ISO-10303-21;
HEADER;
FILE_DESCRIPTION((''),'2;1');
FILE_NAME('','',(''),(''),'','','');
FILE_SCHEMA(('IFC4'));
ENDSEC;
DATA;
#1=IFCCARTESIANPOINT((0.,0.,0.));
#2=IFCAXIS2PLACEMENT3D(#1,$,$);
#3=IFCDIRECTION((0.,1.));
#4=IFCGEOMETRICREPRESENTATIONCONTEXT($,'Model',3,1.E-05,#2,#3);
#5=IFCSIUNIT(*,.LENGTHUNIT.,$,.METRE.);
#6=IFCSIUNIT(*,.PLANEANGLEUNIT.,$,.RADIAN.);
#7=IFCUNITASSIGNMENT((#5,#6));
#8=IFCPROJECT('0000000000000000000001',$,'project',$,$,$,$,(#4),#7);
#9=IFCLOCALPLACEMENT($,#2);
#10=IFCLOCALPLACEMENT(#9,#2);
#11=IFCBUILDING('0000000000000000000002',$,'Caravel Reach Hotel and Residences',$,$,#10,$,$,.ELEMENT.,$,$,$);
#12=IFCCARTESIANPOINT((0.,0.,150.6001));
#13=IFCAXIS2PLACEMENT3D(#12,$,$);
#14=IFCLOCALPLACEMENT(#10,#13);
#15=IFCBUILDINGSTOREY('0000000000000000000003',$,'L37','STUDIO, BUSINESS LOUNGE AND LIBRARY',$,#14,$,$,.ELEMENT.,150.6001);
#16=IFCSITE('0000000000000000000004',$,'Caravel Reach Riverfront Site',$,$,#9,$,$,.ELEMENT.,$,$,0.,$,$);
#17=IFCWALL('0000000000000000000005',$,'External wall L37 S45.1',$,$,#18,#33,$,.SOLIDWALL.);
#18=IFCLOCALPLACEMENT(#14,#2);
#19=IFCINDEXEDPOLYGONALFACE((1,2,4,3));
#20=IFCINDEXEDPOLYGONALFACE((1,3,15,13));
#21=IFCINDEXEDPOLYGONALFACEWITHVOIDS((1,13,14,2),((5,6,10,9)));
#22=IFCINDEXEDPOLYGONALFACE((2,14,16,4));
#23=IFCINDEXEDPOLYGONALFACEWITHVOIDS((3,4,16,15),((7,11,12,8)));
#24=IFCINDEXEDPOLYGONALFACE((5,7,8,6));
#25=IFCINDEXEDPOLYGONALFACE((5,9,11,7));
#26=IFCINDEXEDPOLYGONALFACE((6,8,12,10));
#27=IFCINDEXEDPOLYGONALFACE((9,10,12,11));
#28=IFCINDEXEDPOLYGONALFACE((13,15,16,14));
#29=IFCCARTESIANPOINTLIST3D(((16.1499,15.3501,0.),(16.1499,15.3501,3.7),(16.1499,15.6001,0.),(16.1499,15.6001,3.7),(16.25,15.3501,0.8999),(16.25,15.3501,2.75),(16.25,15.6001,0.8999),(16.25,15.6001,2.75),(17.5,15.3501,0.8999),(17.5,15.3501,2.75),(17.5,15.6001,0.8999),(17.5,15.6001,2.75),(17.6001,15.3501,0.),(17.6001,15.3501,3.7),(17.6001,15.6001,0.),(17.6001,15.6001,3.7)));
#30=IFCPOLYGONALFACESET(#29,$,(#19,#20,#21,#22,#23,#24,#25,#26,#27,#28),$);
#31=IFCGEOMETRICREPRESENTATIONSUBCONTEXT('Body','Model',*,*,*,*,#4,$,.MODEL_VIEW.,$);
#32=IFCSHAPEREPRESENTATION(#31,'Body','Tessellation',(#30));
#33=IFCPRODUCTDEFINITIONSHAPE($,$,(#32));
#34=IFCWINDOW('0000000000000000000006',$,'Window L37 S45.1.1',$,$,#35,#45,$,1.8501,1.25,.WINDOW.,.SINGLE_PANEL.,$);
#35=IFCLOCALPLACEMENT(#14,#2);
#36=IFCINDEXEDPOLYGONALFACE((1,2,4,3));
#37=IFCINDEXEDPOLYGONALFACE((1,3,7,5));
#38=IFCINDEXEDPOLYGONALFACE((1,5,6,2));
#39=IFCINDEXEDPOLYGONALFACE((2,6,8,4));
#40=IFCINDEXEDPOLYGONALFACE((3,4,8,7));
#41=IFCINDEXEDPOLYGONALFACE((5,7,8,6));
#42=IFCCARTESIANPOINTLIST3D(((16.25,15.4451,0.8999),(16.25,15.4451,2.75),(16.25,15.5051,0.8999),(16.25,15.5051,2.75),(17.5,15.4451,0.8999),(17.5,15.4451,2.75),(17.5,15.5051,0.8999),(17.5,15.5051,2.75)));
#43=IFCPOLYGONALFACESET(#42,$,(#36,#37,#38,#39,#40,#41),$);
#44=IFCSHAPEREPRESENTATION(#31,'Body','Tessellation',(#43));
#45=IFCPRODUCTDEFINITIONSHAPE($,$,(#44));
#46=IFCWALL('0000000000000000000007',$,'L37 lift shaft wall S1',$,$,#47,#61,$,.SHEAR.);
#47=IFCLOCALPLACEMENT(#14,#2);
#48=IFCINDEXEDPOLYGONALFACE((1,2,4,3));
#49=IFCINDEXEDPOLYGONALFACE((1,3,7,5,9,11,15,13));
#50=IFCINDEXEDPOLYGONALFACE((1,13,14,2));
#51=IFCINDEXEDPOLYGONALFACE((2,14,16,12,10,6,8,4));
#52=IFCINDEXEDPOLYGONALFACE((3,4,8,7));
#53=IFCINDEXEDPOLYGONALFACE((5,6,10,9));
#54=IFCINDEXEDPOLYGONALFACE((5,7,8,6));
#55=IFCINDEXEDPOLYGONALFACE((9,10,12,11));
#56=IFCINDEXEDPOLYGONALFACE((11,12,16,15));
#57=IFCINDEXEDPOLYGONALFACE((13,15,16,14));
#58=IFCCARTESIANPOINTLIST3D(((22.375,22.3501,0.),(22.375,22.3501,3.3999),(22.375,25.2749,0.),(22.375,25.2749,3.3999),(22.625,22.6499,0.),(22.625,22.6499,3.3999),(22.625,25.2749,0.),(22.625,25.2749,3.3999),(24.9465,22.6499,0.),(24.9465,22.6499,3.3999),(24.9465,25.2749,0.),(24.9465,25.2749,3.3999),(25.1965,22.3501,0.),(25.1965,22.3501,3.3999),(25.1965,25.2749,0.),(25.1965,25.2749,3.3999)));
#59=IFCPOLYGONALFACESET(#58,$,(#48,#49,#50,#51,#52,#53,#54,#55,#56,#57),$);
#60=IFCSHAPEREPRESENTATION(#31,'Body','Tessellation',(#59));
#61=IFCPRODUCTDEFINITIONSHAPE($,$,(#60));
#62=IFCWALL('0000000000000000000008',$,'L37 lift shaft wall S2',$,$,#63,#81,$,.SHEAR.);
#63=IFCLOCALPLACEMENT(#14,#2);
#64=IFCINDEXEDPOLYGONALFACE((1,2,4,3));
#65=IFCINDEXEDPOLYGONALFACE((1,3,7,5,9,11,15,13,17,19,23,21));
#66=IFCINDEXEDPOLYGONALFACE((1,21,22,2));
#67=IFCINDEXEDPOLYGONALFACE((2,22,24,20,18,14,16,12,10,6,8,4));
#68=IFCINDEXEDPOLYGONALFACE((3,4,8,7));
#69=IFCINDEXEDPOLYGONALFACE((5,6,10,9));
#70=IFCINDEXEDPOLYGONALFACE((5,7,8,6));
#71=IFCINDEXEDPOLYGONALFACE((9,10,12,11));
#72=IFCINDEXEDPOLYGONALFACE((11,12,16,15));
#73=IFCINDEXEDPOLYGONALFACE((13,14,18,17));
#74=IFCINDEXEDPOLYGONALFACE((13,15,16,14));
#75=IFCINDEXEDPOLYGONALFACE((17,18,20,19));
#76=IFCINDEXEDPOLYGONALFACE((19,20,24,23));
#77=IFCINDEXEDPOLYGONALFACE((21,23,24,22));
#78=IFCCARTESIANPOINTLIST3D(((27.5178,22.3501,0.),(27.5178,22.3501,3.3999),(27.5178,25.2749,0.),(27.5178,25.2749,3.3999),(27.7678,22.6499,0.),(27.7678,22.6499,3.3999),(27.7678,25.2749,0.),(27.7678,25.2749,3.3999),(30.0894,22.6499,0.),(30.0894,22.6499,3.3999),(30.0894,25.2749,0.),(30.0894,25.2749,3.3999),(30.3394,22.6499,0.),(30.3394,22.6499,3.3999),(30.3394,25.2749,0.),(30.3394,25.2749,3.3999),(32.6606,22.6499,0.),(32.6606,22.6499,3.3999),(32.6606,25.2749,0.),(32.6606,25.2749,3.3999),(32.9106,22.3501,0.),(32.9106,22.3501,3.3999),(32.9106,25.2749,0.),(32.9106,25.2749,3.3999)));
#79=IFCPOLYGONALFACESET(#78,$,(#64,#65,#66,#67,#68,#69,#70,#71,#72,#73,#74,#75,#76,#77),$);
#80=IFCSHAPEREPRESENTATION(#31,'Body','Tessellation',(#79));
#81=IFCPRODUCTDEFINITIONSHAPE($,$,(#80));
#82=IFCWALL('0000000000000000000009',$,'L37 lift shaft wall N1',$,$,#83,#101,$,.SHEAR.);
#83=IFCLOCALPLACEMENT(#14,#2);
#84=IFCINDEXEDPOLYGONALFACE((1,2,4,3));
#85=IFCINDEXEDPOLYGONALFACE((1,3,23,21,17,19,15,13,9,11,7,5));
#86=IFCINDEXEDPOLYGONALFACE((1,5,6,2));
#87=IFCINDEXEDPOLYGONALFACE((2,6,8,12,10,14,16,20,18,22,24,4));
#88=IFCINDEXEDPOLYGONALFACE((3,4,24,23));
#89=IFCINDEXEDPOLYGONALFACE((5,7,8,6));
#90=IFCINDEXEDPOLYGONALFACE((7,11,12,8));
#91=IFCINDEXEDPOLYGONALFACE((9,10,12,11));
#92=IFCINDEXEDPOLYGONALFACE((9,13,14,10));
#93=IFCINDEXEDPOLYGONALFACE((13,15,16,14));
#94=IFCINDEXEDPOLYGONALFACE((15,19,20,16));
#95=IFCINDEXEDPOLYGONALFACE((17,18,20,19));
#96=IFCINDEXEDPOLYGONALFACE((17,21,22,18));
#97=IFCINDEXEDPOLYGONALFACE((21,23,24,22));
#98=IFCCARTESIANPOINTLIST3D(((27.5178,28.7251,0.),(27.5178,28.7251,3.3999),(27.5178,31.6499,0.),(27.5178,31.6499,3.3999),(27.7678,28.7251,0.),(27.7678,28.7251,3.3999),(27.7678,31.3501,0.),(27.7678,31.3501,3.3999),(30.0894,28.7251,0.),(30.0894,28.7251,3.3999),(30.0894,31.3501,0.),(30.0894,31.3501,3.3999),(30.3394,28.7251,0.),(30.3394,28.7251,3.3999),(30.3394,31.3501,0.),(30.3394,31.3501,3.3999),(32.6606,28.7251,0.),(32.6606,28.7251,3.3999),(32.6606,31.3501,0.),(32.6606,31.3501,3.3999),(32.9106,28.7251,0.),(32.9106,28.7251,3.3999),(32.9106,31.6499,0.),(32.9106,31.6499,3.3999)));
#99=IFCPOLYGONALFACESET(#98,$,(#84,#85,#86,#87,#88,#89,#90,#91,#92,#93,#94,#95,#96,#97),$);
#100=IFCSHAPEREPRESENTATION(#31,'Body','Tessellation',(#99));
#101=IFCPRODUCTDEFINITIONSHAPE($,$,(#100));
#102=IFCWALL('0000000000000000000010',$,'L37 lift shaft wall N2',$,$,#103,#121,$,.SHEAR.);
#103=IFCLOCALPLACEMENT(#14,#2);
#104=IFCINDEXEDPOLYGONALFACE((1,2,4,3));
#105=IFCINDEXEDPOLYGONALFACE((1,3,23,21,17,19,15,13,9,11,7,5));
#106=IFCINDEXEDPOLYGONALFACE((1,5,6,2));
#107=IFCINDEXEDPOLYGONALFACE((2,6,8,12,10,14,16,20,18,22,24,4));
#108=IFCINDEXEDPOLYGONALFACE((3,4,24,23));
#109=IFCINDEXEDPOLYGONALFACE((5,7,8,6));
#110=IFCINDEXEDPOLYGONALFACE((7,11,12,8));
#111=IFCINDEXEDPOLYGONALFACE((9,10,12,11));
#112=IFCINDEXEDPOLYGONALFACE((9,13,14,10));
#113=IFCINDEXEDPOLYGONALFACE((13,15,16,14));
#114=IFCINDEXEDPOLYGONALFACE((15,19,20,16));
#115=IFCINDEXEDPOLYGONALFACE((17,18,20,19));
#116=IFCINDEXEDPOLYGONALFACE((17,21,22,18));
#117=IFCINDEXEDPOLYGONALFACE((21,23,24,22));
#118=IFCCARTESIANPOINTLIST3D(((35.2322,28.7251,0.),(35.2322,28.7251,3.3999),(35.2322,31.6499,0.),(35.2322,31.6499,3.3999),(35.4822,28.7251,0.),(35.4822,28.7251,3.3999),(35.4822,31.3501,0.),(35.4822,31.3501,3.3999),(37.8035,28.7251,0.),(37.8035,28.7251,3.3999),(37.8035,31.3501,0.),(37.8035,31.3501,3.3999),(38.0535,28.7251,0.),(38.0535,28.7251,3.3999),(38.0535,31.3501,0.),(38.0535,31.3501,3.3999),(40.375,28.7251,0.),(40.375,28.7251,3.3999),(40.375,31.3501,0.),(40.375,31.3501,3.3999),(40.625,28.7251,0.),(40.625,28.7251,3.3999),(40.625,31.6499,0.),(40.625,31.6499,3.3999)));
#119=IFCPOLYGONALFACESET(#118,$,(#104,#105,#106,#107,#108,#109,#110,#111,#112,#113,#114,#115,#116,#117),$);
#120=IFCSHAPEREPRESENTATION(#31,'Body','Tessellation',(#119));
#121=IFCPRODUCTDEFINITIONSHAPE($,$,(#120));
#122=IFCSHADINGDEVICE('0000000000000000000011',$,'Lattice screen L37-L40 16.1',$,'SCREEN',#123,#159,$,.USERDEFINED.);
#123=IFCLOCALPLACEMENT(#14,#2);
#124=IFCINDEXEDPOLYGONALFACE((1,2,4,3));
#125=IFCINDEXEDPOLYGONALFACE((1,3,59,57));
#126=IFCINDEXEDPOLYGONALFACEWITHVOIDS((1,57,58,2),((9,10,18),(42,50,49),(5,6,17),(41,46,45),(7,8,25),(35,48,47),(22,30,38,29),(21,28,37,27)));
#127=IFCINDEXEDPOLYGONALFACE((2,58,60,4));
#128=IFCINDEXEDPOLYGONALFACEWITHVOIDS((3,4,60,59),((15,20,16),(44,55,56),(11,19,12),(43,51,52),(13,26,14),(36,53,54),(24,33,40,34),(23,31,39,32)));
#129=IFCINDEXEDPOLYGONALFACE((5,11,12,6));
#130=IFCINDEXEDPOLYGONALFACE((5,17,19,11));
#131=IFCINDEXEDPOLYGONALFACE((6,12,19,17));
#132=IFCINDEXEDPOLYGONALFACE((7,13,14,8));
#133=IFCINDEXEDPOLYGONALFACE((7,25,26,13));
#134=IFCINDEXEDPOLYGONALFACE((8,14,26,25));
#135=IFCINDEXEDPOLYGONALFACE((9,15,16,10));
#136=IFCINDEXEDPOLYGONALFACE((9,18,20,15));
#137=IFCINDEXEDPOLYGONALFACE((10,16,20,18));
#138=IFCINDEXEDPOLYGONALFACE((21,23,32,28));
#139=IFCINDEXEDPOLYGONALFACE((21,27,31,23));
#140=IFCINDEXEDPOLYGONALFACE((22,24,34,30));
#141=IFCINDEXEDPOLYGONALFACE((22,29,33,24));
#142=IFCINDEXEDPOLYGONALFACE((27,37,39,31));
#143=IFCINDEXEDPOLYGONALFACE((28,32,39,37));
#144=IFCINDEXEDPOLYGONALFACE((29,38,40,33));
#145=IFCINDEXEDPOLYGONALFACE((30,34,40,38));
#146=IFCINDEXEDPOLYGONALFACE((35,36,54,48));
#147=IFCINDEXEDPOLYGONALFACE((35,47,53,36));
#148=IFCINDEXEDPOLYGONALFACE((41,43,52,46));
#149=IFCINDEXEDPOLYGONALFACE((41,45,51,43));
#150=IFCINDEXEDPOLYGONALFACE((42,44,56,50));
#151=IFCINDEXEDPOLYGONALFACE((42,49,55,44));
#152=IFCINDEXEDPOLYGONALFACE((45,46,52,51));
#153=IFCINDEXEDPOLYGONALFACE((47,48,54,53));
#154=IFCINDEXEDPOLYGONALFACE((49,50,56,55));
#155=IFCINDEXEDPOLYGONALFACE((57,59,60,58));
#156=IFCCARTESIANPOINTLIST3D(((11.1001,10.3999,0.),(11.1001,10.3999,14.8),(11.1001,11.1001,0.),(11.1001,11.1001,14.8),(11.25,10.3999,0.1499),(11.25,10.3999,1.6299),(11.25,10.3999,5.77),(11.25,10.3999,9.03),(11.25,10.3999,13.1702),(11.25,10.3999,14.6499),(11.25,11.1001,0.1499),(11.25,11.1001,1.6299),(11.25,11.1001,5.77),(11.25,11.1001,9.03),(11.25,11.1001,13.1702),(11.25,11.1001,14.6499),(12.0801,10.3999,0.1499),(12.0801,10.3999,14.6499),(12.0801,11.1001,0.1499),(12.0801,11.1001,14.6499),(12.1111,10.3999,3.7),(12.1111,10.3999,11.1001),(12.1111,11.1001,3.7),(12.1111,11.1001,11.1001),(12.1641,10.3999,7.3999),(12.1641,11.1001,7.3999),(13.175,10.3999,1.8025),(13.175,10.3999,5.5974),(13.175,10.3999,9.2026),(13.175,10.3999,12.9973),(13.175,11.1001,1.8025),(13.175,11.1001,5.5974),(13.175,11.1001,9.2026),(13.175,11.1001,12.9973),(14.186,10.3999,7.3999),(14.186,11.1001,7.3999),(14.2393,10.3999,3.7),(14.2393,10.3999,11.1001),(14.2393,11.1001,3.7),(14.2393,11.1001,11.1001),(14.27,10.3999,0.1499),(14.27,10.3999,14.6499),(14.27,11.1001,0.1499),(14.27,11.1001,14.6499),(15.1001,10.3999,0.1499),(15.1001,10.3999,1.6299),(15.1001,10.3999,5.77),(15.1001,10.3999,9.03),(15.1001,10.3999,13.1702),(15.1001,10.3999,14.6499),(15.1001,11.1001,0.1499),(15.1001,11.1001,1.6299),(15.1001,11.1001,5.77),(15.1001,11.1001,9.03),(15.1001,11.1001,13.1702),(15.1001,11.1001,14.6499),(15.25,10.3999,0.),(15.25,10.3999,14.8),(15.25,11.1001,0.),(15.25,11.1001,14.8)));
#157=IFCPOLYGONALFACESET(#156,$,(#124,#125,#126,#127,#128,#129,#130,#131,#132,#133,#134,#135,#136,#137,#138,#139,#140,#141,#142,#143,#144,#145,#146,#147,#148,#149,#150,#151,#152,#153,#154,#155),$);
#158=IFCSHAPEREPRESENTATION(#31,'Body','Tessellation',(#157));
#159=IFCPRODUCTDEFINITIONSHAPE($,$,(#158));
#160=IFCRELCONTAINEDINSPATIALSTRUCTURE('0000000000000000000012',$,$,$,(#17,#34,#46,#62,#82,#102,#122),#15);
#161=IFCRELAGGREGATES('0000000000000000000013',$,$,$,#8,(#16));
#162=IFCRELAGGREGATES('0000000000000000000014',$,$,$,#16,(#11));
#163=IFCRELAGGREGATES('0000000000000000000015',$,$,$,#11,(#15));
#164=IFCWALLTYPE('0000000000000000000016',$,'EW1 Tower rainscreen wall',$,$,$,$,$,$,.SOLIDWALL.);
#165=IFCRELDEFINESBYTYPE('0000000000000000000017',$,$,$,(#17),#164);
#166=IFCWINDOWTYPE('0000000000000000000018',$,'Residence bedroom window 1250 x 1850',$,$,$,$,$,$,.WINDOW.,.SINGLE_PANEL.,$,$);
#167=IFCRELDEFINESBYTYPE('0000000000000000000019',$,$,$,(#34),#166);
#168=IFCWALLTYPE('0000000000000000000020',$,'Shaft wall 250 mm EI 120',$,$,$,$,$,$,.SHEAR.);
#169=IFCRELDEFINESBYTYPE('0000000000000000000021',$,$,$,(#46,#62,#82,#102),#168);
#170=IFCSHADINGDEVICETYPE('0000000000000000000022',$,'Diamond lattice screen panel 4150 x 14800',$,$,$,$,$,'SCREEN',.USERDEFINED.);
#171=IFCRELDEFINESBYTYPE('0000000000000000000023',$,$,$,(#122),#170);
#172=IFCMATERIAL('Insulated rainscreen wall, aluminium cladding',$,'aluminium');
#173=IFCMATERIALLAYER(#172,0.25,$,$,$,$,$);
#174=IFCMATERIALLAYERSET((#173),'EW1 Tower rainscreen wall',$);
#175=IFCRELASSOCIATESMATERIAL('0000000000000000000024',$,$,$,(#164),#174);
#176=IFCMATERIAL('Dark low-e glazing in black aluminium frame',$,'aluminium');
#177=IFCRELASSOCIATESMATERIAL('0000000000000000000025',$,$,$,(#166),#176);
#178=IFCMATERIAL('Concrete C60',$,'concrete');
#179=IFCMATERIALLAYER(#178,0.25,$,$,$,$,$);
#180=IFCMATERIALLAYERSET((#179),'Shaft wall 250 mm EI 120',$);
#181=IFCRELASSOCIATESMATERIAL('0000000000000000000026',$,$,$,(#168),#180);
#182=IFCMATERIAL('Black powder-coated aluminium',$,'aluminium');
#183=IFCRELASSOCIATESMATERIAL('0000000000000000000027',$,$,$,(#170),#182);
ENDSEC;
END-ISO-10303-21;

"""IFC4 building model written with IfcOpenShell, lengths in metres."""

from ifc_helpers import new_model, si_unit, direction, frame, frame_2d, origin, place, context, subcontext, project, spatial, polyline, rectangle, outline, extrude, material, layer, layer_set, type_object, element, fill, save


model = new_model("IFC4")

# Units and contexts
model_context = context("Model", 3, precision=1e-05, world=origin(), true_north=direction((0.0, 1.0)))
body_context = subcontext(model_context, "Body", "Model", "MODEL_VIEW")
ifc_project = project(units=[si_unit("LENGTHUNIT", "METRE"), si_unit("PLANEANGLEUNIT", "RADIAN")], contexts=[model_context])

# Site, building, storey
site_placement = place(None, origin())
site = spatial("IfcSite", under=ifc_project, at=site_placement, Name="Caravel Reach Riverfront Site", CompositionType="ELEMENT", RefElevation=0.0)
building_placement = place(site_placement, origin())
building = spatial("IfcBuilding", under=site, at=building_placement, Name="Caravel Reach Hotel and Residences", CompositionType="ELEMENT")
storey_placement = place(building_placement, frame((0.0, 0.0, 150.6001)))
storey = spatial("IfcBuildingStorey", under=building, at=storey_placement, Name="L37", Description="STUDIO, BUSINESS LOUNGE AND LIBRARY", CompositionType="ELEMENT", Elevation=150.6001)

# Shared definitions
ifc_material_1 = material(Name="Insulated rainscreen wall, aluminium cladding", Category="aluminium")
ifc_layer_1 = layer(ifc_material_1, 0.25)
ifc_layer_set_1 = layer_set([ifc_layer_1], Name="EW1 Tower rainscreen wall")
wall_type_1 = type_object("IfcWallType", Name="EW1 Tower rainscreen wall", PredefinedType="SOLIDWALL", material=ifc_layer_set_1)

# Wall, opening, window
ifc_material_2 = material(Name="Dark low-e glazing in black aluminium frame", Category="aluminium")
window_type_1 = type_object("IfcWindowType", Name="Residence bedroom window 1250 x 1850", PartitioningType="SINGLE_PANEL", PredefinedType="WINDOW", material=ifc_material_2)
wall_1_placement = place(storey_placement, frame((16.1499, 15.4751, 0.0), z_axis=(0.0, 0.0, 1.0), x_axis=(1.0, 0.0, 0.0)))
wall_1 = element("IfcWall", 1, at=wall_1_placement, inside=storey, type_object=wall_type_1, Name="External wall L37 S45.1", PredefinedType="SOLIDWALL", context=body_context, shape_type="SweptSolid", body=[
    extrude(rectangle(XDim=1.4502, YDim=0.25, at=frame_2d((0.7251, 0.0))), origin(), (0.0, 0.0, 1.0), 3.7),
])
opening_1_placement = place(wall_1_placement, frame((0.1001, 0.0, 0.8999)))
opening_1 = element("IfcOpeningElement", 2, at=opening_1_placement, cuts=wall_1, PredefinedType="OPENING", context=body_context, shape_type="SweptSolid", body=[
    extrude(rectangle(XDim=1.25, YDim=1.8501, at=frame_2d((0.625, 0.925))), frame((0.0, 0.135, 0.0), z_axis=(0.0, -1.0, 0.0), x_axis=(1.0, 0.0, 0.0)), (0.0, 0.0, 1.0), 0.27),
])
window_1_placement = place(opening_1_placement, origin())
window_1 = element("IfcWindow", 3, at=window_1_placement, inside=storey, type_object=window_type_1, Name="Window L37 S45.1.1", OverallHeight=1.8501, OverallWidth=1.25, PartitioningType="SINGLE_PANEL", PredefinedType="WINDOW", context=body_context, shape_type="SweptSolid", body=[
    extrude(rectangle(XDim=1.25, YDim=1.8501, at=frame_2d((0.625, 0.925))), frame((0.0, 0.03, 0.0), z_axis=(0.0, -1.0, 0.0), x_axis=(1.0, 0.0, 0.0)), (0.0, 0.0, 1.0), 0.0601),
])
fill(opening_1, window_1)

# Walls
ifc_material_3 = material(Name="Concrete C60", Category="concrete")
ifc_layer_2 = layer(ifc_material_3, 0.25)
ifc_layer_set_2 = layer_set([ifc_layer_2], Name="Shaft wall 250 mm EI 120")
wall_type_2 = type_object("IfcWallType", Name="Shaft wall 250 mm EI 120", PredefinedType="SHEAR", material=ifc_layer_set_2)
wall_2_placement = place(storey_placement, origin())
element("IfcWall", 4, at=wall_2_placement, inside=storey, type_object=wall_type_2, Name="L37 lift shaft wall S1", PredefinedType="SHEAR", context=body_context, shape_type="SweptSolid", body=[
    extrude(outline(polyline([(22.375, 22.3501), (25.1965, 22.3501), (25.1965, 25.2749), (24.9465, 25.2749), (24.9465, 22.6499), (22.625, 22.6499), (22.625, 25.2749), (22.375, 25.2749), (22.375, 22.3501)])), origin(), (0.0, 0.0, 1.0), 3.3999),
])
wall_3_placement = place(storey_placement, origin())
element("IfcWall", 5, at=wall_3_placement, inside=storey, type_object=wall_type_2, Name="L37 lift shaft wall S2", PredefinedType="SHEAR", context=body_context, shape_type="SweptSolid", body=[
    extrude(outline(polyline([(27.5178, 22.3501), (32.9106, 22.3501), (32.9106, 25.2749), (32.6606, 25.2749), (32.6606, 22.6499), (30.3394, 22.6499), (30.3394, 25.2749), (30.0894, 25.2749), (30.0894, 22.6499), (27.7678, 22.6499), (27.7678, 25.2749), (27.5178, 25.2749), (27.5178, 22.3501)])), origin(), (0.0, 0.0, 1.0), 3.3999),
])
wall_4_placement = place(storey_placement, origin())
element("IfcWall", 6, at=wall_4_placement, inside=storey, type_object=wall_type_2, Name="L37 lift shaft wall N1", PredefinedType="SHEAR", context=body_context, shape_type="SweptSolid", body=[
    extrude(outline(polyline([(27.5178, 28.7251), (27.7678, 28.7251), (27.7678, 31.3501), (30.0894, 31.3501), (30.0894, 28.7251), (30.3394, 28.7251), (30.3394, 31.3501), (32.6606, 31.3501), (32.6606, 28.7251), (32.9106, 28.7251), (32.9106, 31.6499), (27.5178, 31.6499), (27.5178, 28.7251)])), origin(), (0.0, 0.0, 1.0), 3.3999),
])
wall_5_placement = place(storey_placement, origin())
element("IfcWall", 7, at=wall_5_placement, inside=storey, type_object=wall_type_2, Name="L37 lift shaft wall N2", PredefinedType="SHEAR", context=body_context, shape_type="SweptSolid", body=[
    extrude(outline(polyline([(35.2322, 28.7251), (35.4822, 28.7251), (35.4822, 31.3501), (37.8035, 31.3501), (37.8035, 28.7251), (38.0535, 28.7251), (38.0535, 31.3501), (40.375, 31.3501), (40.375, 28.7251), (40.625, 28.7251), (40.625, 31.6499), (35.2322, 31.6499), (35.2322, 28.7251)])), origin(), (0.0, 0.0, 1.0), 3.3999),
])

# Shading device
ifc_material_4 = material(Name="Black powder-coated aluminium", Category="aluminium")
shading_device_type_1 = type_object("IfcShadingDeviceType", Name="Diamond lattice screen panel 4150 x 14800", ElementType="SCREEN", PredefinedType="USERDEFINED", material=ifc_material_4)
for number, where, z_axis, x_axis, name in (
    (8, (11.1001, 11.1001, 0.0), (0.0, -1.0, 0.0), (1.0, 0.0, 0.0), "Lattice screen L37-L40 16.1"),
):
    element("IfcShadingDevice", number, at=place(storey_placement, frame(where, z_axis=z_axis, x_axis=x_axis)), inside=storey, type_object=shading_device_type_1, Name=name, ObjectType="SCREEN", PredefinedType="USERDEFINED", context=body_context, shape_type="SweptSolid", body=[
        extrude(outline(polyline([(0.0, 0.0), (4.1499, 0.0), (4.1499, 14.8), (0.0, 14.8), (0.0, 0.0)]), holes=[polyline([(0.98, 0.1499), (0.1499, 1.6299), (0.1499, 0.1499), (0.98, 0.1499)]), polyline([(1.064, 7.3999), (0.1499, 9.03), (0.1499, 5.77), (1.064, 7.3999)]), polyline([(0.1499, 13.1702), (0.98, 14.6499), (0.1499, 14.6499), (0.1499, 13.1702)]), polyline([(2.075, 5.5974), (1.011, 3.7), (2.075, 1.8025), (3.1392, 3.7), (2.075, 5.5974)]), polyline([(2.075, 12.9973), (1.011, 11.1001), (2.075, 9.2026), (3.1392, 11.1001), (2.075, 12.9973)]), polyline([(4.0, 1.6299), (3.1699, 0.1499), (4.0, 0.1499), (4.0, 1.6299)]), polyline([(3.0859, 7.3999), (4.0, 5.77), (4.0, 9.03), (3.0859, 7.3999)]), polyline([(3.1699, 14.6499), (4.0, 13.1702), (4.0, 14.6499), (3.1699, 14.6499)])]), origin(), (0.0, 0.0, 1.0), 0.7002),
    ])

save(model, "model.ifc")
